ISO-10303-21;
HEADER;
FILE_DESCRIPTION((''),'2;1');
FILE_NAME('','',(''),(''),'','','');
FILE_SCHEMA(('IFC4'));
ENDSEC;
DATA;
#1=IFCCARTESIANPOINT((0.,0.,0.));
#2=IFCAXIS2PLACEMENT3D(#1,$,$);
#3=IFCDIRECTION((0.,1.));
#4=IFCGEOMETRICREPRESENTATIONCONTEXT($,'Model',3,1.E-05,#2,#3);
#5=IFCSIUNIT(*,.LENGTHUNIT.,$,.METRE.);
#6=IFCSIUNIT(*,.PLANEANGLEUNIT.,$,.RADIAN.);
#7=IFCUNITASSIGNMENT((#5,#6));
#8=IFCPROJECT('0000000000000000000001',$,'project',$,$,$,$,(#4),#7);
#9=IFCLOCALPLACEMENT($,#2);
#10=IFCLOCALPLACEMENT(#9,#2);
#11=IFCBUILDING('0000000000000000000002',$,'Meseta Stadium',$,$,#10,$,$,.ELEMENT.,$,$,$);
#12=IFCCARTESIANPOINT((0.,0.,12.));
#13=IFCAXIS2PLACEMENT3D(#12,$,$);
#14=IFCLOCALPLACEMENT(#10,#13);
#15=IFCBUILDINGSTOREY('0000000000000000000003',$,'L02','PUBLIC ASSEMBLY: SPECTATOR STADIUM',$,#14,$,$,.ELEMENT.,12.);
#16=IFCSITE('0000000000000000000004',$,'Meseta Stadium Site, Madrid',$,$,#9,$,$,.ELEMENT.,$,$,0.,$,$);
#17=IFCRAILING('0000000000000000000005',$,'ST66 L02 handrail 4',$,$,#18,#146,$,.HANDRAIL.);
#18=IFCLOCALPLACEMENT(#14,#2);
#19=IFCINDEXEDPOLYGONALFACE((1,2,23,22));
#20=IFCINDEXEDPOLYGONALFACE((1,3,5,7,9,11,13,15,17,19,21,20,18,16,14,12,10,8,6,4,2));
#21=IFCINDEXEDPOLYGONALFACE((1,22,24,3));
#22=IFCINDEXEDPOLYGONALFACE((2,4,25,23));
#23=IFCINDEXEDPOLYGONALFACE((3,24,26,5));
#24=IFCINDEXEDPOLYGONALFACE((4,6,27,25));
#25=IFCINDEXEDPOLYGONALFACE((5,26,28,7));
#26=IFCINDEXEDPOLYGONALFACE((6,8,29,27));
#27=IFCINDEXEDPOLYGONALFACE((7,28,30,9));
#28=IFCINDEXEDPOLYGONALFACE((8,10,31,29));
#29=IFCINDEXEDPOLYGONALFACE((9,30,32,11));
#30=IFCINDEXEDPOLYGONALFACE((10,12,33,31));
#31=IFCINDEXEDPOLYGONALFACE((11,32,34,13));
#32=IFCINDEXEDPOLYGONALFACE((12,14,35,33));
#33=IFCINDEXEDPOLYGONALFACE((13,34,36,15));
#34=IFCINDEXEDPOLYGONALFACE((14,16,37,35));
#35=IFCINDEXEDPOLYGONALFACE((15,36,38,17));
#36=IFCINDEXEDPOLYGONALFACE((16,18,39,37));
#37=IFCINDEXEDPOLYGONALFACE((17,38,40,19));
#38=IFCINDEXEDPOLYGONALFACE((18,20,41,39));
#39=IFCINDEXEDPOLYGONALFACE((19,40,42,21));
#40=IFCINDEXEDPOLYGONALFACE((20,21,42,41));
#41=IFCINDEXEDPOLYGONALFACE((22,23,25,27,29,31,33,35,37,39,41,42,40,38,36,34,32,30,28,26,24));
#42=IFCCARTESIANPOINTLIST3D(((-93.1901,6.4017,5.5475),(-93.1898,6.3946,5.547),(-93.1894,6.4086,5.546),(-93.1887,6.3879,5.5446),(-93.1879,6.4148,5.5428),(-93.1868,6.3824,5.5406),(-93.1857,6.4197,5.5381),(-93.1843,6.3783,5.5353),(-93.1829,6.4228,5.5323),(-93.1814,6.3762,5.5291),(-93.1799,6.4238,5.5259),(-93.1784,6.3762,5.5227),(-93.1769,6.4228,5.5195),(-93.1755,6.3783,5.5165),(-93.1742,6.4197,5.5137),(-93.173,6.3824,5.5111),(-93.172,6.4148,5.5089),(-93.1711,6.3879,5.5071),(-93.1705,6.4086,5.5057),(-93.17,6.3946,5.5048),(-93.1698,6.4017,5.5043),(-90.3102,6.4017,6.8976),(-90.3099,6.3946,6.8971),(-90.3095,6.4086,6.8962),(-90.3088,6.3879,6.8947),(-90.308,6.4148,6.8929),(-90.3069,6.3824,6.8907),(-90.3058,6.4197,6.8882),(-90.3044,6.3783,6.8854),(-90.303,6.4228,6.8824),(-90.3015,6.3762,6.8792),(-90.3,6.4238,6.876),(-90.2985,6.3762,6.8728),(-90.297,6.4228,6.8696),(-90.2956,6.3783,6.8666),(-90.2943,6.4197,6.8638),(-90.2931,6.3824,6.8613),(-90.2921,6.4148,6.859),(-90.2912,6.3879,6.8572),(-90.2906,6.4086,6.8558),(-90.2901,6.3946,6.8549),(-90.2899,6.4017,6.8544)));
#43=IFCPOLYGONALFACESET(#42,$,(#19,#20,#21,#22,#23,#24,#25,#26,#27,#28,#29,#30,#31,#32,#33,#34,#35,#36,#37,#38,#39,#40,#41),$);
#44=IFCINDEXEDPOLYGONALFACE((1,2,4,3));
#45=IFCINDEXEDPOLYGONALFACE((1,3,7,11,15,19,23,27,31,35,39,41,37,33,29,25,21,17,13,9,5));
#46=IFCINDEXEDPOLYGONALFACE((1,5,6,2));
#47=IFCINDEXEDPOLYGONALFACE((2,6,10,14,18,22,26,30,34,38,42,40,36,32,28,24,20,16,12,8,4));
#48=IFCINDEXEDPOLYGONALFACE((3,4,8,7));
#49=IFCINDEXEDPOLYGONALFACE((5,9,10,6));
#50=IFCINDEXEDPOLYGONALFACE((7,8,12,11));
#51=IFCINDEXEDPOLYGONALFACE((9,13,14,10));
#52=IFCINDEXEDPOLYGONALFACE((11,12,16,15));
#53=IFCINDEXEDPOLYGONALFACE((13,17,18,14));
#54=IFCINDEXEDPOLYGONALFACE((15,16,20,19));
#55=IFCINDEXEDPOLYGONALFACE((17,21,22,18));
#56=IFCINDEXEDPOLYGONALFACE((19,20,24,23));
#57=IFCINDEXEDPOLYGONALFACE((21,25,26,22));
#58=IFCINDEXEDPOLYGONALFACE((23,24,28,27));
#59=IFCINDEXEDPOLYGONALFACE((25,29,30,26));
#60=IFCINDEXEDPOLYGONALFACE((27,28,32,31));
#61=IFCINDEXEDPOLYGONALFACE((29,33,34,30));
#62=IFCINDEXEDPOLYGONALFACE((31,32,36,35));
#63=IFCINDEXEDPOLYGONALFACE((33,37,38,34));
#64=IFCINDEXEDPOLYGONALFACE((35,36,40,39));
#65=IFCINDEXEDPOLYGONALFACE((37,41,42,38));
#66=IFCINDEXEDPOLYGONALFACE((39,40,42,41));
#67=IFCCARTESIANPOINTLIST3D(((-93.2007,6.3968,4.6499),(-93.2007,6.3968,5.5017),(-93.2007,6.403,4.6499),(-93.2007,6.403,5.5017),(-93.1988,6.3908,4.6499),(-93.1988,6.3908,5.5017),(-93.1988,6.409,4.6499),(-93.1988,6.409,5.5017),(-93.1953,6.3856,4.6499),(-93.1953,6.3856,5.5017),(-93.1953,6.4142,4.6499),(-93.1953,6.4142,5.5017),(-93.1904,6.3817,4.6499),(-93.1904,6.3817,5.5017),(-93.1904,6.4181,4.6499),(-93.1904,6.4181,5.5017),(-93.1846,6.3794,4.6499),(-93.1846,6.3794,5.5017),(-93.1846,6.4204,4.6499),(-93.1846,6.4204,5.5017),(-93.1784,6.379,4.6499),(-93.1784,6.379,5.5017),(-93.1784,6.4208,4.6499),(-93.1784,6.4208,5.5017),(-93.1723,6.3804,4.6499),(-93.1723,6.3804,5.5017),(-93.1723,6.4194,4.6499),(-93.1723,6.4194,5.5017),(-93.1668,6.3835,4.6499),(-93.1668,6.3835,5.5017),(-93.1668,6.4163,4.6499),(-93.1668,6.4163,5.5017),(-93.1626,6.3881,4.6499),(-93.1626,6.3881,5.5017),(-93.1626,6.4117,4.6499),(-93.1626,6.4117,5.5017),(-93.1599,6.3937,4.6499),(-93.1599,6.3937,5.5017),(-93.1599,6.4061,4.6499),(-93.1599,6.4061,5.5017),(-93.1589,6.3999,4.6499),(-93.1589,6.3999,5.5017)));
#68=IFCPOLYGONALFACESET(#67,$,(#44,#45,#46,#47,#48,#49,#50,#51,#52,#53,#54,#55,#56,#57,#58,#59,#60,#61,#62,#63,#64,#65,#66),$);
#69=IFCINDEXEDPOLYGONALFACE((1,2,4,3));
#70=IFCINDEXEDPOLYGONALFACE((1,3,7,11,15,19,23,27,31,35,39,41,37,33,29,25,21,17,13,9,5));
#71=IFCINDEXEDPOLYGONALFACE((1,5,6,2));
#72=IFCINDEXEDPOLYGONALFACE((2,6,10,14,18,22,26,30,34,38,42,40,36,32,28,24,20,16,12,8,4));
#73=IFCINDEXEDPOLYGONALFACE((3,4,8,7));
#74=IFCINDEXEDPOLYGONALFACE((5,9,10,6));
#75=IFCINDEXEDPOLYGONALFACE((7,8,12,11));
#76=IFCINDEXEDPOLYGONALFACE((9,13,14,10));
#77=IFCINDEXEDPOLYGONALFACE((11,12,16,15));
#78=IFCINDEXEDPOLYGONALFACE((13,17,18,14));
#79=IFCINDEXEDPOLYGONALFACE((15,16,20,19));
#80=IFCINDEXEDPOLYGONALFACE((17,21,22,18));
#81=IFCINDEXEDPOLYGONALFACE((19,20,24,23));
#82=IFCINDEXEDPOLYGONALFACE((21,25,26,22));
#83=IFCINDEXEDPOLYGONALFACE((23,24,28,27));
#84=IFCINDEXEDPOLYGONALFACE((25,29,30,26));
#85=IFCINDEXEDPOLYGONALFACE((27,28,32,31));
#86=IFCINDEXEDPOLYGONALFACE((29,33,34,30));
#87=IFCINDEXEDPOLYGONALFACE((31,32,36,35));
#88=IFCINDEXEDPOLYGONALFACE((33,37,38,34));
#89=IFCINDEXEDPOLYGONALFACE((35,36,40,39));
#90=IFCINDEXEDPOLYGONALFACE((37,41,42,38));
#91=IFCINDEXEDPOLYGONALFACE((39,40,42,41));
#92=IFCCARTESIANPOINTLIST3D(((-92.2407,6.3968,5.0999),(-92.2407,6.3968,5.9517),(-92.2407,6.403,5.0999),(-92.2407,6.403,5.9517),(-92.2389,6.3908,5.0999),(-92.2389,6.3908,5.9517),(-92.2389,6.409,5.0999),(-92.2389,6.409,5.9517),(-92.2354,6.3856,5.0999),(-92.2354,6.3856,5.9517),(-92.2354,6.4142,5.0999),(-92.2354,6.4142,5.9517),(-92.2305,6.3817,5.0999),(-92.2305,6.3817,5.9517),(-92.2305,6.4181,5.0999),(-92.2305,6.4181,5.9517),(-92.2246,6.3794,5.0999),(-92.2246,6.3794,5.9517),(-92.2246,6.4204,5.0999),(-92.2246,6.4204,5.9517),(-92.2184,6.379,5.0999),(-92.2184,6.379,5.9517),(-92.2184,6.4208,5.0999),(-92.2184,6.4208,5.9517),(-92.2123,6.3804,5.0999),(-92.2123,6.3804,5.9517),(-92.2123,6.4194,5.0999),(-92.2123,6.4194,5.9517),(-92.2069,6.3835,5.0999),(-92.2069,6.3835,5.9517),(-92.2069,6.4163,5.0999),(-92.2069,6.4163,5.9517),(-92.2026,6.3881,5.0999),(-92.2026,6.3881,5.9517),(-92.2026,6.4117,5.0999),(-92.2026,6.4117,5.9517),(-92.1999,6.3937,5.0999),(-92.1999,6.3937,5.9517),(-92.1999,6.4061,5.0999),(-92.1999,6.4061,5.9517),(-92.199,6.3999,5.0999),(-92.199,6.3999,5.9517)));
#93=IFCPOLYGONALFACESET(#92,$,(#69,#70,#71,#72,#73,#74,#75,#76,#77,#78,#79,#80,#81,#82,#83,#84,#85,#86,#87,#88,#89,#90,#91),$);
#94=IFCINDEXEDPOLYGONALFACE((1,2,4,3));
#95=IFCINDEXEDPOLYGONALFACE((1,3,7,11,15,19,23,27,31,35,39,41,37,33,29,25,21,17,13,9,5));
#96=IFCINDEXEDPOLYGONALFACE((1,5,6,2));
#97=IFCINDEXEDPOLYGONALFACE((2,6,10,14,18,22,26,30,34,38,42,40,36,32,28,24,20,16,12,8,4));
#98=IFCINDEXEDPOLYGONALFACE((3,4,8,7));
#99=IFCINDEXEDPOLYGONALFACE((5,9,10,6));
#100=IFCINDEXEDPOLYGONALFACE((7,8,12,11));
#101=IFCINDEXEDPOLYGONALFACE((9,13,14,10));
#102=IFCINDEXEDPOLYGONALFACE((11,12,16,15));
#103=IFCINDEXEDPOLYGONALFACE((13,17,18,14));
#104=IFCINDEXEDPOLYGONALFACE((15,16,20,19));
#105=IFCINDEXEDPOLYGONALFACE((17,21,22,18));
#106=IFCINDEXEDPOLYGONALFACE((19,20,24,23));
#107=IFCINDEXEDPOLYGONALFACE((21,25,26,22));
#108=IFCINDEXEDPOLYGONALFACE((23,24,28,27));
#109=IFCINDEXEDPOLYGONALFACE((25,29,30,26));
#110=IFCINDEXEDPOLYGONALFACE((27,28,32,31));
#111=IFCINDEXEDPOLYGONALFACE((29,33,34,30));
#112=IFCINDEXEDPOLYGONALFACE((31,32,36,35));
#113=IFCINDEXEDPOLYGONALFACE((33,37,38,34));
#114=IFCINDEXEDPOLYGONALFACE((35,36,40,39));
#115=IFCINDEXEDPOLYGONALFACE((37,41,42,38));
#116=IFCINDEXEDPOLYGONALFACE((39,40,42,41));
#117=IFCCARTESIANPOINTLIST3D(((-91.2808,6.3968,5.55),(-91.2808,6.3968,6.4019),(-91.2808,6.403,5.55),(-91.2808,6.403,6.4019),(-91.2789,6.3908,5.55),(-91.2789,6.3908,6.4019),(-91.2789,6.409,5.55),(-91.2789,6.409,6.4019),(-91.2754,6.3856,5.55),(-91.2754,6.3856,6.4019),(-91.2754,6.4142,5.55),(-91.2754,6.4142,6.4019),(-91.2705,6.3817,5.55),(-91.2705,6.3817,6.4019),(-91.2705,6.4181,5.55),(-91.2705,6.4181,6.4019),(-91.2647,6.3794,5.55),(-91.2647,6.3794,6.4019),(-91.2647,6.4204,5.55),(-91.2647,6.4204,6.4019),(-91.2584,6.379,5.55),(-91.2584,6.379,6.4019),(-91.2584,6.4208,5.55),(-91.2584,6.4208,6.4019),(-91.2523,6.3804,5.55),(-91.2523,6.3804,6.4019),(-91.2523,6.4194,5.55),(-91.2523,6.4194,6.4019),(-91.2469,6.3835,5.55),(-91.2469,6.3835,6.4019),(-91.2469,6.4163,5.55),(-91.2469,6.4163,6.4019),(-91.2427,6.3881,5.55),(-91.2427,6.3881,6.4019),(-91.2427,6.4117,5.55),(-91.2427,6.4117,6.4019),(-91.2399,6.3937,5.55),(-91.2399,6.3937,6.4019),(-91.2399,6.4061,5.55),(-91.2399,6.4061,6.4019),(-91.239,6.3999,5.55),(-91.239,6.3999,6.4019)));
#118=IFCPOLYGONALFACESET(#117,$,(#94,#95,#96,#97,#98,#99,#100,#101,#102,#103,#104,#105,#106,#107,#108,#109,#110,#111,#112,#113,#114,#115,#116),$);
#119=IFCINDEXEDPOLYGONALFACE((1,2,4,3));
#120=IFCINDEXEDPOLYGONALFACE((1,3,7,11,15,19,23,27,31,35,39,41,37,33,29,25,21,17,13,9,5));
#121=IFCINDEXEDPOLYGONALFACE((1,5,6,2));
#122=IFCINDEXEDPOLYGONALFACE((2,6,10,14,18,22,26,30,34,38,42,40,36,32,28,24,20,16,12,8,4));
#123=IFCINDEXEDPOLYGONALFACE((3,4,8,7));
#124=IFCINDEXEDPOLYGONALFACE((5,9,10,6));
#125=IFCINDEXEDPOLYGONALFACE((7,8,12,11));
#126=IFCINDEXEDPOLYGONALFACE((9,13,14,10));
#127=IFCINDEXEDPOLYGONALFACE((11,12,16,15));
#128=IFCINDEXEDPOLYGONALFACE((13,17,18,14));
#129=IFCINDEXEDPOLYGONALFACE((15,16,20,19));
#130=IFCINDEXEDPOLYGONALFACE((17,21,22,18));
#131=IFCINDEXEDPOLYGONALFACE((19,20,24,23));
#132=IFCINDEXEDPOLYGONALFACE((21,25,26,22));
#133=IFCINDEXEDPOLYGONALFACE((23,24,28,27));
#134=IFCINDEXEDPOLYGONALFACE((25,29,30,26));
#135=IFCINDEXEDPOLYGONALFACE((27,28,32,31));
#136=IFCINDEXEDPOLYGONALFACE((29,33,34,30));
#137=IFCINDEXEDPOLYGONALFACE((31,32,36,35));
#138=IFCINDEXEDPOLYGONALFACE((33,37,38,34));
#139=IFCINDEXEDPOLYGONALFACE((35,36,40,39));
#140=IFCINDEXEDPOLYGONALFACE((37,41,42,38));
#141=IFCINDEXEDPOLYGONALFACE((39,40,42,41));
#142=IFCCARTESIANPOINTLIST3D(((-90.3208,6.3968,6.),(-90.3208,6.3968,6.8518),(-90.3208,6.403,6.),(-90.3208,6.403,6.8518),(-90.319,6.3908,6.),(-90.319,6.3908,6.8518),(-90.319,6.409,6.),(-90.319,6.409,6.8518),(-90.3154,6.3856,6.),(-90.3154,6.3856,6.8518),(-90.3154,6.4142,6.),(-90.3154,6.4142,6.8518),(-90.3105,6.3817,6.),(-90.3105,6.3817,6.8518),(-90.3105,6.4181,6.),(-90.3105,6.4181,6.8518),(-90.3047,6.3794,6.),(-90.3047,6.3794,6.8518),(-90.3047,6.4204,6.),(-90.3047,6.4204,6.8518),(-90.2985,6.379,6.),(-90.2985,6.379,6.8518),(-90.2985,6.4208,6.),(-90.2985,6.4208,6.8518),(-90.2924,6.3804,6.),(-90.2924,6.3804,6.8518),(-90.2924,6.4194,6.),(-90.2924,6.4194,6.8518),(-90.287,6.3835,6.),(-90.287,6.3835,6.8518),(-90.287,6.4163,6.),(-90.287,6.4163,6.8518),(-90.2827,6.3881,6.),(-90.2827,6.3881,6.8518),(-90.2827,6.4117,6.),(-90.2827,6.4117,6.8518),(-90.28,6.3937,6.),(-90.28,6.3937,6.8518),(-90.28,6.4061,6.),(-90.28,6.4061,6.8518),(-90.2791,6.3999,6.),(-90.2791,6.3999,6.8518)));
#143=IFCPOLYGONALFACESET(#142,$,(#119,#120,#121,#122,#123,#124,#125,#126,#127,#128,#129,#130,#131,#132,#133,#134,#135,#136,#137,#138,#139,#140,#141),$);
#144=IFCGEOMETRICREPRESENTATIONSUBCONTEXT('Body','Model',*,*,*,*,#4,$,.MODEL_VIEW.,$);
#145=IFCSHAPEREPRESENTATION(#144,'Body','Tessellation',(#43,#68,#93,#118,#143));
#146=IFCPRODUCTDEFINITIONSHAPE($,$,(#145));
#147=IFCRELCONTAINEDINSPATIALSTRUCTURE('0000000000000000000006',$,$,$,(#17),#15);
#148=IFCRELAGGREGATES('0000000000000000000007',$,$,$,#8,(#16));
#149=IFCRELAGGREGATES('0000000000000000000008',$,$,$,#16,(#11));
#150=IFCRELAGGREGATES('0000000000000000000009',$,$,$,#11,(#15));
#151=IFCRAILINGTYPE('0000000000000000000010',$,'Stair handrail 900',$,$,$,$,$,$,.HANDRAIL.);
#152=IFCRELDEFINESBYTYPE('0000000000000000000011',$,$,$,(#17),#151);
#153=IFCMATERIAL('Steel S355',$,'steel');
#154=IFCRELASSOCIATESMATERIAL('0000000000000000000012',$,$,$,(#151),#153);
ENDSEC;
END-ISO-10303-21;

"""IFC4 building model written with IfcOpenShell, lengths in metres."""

from ifc_helpers import new_model, si_unit, direction, frame, origin, origin_2d, place, context, subcontext, project, spatial, circle, extrude, material, type_object, element, save


model = new_model("IFC4")

# Units and contexts
model_context = context("Model", 3, precision=1e-05, world=origin(), true_north=direction((0.0, 1.0)))
body_context = subcontext(model_context, "Body", "Model", "MODEL_VIEW")
ifc_project = project(units=[si_unit("LENGTHUNIT", "METRE"), si_unit("PLANEANGLEUNIT", "RADIAN")], contexts=[model_context])

# Site, building, storey
site_placement = place(None, origin())
site = spatial("IfcSite", under=ifc_project, at=site_placement, Name="Meseta Stadium Site, Madrid", CompositionType="ELEMENT", RefElevation=0.0)
building_placement = place(site_placement, origin())
building = spatial("IfcBuilding", under=site, at=building_placement, Name="Meseta Stadium", CompositionType="ELEMENT")
storey_placement = place(building_placement, frame((0.0, 0.0, 12.0)))
storey = spatial("IfcBuildingStorey", under=building, at=storey_placement, Name="L02", Description="PUBLIC ASSEMBLY: SPECTATOR STADIUM", CompositionType="ELEMENT", Elevation=12.0)

# Railing
ifc_material_1 = material(Name="Steel S355", Category="steel")
railing_type_1 = type_object("IfcRailingType", Name="Stair handrail 900", PredefinedType="HANDRAIL", material=ifc_material_1)
for number, where, name in (
    (1, (-93.1799, 6.3999, 4.6499), "ST66 L02 handrail 4"),
):
    element("IfcRailing", number, at=place(storey_placement, frame(where)), inside=storey, type_object=railing_type_1, Name=name, PredefinedType="HANDRAIL", context=body_context, shape_type="SweptSolid", body=[
        extrude(circle(Radius=0.0239, at=origin_2d()), frame((0.0, 0.0, 0.876), z_axis=(0.90544, 0.0, 0.424473), x_axis=(0.0, 1.0, 0.0)), (0.0, 0.0, 1.0), 3.1807),
        extrude(circle(Radius=0.021, at=origin_2d()), origin(), (0.0, 0.0, 1.0), 0.8518),
        extrude(circle(Radius=0.021, at=origin_2d()), frame((0.96, 0.0, 0.45)), (0.0, 0.0, 1.0), 0.8518),
        extrude(circle(Radius=0.021, at=origin_2d()), frame((1.9199, 0.0, 0.9001)), (0.0, 0.0, 1.0), 0.8518),
        extrude(circle(Radius=0.021, at=origin_2d()), frame((2.8799, 0.0, 1.3501)), (0.0, 0.0, 1.0), 0.8518),
    ])

save(model, "model.ifc")
